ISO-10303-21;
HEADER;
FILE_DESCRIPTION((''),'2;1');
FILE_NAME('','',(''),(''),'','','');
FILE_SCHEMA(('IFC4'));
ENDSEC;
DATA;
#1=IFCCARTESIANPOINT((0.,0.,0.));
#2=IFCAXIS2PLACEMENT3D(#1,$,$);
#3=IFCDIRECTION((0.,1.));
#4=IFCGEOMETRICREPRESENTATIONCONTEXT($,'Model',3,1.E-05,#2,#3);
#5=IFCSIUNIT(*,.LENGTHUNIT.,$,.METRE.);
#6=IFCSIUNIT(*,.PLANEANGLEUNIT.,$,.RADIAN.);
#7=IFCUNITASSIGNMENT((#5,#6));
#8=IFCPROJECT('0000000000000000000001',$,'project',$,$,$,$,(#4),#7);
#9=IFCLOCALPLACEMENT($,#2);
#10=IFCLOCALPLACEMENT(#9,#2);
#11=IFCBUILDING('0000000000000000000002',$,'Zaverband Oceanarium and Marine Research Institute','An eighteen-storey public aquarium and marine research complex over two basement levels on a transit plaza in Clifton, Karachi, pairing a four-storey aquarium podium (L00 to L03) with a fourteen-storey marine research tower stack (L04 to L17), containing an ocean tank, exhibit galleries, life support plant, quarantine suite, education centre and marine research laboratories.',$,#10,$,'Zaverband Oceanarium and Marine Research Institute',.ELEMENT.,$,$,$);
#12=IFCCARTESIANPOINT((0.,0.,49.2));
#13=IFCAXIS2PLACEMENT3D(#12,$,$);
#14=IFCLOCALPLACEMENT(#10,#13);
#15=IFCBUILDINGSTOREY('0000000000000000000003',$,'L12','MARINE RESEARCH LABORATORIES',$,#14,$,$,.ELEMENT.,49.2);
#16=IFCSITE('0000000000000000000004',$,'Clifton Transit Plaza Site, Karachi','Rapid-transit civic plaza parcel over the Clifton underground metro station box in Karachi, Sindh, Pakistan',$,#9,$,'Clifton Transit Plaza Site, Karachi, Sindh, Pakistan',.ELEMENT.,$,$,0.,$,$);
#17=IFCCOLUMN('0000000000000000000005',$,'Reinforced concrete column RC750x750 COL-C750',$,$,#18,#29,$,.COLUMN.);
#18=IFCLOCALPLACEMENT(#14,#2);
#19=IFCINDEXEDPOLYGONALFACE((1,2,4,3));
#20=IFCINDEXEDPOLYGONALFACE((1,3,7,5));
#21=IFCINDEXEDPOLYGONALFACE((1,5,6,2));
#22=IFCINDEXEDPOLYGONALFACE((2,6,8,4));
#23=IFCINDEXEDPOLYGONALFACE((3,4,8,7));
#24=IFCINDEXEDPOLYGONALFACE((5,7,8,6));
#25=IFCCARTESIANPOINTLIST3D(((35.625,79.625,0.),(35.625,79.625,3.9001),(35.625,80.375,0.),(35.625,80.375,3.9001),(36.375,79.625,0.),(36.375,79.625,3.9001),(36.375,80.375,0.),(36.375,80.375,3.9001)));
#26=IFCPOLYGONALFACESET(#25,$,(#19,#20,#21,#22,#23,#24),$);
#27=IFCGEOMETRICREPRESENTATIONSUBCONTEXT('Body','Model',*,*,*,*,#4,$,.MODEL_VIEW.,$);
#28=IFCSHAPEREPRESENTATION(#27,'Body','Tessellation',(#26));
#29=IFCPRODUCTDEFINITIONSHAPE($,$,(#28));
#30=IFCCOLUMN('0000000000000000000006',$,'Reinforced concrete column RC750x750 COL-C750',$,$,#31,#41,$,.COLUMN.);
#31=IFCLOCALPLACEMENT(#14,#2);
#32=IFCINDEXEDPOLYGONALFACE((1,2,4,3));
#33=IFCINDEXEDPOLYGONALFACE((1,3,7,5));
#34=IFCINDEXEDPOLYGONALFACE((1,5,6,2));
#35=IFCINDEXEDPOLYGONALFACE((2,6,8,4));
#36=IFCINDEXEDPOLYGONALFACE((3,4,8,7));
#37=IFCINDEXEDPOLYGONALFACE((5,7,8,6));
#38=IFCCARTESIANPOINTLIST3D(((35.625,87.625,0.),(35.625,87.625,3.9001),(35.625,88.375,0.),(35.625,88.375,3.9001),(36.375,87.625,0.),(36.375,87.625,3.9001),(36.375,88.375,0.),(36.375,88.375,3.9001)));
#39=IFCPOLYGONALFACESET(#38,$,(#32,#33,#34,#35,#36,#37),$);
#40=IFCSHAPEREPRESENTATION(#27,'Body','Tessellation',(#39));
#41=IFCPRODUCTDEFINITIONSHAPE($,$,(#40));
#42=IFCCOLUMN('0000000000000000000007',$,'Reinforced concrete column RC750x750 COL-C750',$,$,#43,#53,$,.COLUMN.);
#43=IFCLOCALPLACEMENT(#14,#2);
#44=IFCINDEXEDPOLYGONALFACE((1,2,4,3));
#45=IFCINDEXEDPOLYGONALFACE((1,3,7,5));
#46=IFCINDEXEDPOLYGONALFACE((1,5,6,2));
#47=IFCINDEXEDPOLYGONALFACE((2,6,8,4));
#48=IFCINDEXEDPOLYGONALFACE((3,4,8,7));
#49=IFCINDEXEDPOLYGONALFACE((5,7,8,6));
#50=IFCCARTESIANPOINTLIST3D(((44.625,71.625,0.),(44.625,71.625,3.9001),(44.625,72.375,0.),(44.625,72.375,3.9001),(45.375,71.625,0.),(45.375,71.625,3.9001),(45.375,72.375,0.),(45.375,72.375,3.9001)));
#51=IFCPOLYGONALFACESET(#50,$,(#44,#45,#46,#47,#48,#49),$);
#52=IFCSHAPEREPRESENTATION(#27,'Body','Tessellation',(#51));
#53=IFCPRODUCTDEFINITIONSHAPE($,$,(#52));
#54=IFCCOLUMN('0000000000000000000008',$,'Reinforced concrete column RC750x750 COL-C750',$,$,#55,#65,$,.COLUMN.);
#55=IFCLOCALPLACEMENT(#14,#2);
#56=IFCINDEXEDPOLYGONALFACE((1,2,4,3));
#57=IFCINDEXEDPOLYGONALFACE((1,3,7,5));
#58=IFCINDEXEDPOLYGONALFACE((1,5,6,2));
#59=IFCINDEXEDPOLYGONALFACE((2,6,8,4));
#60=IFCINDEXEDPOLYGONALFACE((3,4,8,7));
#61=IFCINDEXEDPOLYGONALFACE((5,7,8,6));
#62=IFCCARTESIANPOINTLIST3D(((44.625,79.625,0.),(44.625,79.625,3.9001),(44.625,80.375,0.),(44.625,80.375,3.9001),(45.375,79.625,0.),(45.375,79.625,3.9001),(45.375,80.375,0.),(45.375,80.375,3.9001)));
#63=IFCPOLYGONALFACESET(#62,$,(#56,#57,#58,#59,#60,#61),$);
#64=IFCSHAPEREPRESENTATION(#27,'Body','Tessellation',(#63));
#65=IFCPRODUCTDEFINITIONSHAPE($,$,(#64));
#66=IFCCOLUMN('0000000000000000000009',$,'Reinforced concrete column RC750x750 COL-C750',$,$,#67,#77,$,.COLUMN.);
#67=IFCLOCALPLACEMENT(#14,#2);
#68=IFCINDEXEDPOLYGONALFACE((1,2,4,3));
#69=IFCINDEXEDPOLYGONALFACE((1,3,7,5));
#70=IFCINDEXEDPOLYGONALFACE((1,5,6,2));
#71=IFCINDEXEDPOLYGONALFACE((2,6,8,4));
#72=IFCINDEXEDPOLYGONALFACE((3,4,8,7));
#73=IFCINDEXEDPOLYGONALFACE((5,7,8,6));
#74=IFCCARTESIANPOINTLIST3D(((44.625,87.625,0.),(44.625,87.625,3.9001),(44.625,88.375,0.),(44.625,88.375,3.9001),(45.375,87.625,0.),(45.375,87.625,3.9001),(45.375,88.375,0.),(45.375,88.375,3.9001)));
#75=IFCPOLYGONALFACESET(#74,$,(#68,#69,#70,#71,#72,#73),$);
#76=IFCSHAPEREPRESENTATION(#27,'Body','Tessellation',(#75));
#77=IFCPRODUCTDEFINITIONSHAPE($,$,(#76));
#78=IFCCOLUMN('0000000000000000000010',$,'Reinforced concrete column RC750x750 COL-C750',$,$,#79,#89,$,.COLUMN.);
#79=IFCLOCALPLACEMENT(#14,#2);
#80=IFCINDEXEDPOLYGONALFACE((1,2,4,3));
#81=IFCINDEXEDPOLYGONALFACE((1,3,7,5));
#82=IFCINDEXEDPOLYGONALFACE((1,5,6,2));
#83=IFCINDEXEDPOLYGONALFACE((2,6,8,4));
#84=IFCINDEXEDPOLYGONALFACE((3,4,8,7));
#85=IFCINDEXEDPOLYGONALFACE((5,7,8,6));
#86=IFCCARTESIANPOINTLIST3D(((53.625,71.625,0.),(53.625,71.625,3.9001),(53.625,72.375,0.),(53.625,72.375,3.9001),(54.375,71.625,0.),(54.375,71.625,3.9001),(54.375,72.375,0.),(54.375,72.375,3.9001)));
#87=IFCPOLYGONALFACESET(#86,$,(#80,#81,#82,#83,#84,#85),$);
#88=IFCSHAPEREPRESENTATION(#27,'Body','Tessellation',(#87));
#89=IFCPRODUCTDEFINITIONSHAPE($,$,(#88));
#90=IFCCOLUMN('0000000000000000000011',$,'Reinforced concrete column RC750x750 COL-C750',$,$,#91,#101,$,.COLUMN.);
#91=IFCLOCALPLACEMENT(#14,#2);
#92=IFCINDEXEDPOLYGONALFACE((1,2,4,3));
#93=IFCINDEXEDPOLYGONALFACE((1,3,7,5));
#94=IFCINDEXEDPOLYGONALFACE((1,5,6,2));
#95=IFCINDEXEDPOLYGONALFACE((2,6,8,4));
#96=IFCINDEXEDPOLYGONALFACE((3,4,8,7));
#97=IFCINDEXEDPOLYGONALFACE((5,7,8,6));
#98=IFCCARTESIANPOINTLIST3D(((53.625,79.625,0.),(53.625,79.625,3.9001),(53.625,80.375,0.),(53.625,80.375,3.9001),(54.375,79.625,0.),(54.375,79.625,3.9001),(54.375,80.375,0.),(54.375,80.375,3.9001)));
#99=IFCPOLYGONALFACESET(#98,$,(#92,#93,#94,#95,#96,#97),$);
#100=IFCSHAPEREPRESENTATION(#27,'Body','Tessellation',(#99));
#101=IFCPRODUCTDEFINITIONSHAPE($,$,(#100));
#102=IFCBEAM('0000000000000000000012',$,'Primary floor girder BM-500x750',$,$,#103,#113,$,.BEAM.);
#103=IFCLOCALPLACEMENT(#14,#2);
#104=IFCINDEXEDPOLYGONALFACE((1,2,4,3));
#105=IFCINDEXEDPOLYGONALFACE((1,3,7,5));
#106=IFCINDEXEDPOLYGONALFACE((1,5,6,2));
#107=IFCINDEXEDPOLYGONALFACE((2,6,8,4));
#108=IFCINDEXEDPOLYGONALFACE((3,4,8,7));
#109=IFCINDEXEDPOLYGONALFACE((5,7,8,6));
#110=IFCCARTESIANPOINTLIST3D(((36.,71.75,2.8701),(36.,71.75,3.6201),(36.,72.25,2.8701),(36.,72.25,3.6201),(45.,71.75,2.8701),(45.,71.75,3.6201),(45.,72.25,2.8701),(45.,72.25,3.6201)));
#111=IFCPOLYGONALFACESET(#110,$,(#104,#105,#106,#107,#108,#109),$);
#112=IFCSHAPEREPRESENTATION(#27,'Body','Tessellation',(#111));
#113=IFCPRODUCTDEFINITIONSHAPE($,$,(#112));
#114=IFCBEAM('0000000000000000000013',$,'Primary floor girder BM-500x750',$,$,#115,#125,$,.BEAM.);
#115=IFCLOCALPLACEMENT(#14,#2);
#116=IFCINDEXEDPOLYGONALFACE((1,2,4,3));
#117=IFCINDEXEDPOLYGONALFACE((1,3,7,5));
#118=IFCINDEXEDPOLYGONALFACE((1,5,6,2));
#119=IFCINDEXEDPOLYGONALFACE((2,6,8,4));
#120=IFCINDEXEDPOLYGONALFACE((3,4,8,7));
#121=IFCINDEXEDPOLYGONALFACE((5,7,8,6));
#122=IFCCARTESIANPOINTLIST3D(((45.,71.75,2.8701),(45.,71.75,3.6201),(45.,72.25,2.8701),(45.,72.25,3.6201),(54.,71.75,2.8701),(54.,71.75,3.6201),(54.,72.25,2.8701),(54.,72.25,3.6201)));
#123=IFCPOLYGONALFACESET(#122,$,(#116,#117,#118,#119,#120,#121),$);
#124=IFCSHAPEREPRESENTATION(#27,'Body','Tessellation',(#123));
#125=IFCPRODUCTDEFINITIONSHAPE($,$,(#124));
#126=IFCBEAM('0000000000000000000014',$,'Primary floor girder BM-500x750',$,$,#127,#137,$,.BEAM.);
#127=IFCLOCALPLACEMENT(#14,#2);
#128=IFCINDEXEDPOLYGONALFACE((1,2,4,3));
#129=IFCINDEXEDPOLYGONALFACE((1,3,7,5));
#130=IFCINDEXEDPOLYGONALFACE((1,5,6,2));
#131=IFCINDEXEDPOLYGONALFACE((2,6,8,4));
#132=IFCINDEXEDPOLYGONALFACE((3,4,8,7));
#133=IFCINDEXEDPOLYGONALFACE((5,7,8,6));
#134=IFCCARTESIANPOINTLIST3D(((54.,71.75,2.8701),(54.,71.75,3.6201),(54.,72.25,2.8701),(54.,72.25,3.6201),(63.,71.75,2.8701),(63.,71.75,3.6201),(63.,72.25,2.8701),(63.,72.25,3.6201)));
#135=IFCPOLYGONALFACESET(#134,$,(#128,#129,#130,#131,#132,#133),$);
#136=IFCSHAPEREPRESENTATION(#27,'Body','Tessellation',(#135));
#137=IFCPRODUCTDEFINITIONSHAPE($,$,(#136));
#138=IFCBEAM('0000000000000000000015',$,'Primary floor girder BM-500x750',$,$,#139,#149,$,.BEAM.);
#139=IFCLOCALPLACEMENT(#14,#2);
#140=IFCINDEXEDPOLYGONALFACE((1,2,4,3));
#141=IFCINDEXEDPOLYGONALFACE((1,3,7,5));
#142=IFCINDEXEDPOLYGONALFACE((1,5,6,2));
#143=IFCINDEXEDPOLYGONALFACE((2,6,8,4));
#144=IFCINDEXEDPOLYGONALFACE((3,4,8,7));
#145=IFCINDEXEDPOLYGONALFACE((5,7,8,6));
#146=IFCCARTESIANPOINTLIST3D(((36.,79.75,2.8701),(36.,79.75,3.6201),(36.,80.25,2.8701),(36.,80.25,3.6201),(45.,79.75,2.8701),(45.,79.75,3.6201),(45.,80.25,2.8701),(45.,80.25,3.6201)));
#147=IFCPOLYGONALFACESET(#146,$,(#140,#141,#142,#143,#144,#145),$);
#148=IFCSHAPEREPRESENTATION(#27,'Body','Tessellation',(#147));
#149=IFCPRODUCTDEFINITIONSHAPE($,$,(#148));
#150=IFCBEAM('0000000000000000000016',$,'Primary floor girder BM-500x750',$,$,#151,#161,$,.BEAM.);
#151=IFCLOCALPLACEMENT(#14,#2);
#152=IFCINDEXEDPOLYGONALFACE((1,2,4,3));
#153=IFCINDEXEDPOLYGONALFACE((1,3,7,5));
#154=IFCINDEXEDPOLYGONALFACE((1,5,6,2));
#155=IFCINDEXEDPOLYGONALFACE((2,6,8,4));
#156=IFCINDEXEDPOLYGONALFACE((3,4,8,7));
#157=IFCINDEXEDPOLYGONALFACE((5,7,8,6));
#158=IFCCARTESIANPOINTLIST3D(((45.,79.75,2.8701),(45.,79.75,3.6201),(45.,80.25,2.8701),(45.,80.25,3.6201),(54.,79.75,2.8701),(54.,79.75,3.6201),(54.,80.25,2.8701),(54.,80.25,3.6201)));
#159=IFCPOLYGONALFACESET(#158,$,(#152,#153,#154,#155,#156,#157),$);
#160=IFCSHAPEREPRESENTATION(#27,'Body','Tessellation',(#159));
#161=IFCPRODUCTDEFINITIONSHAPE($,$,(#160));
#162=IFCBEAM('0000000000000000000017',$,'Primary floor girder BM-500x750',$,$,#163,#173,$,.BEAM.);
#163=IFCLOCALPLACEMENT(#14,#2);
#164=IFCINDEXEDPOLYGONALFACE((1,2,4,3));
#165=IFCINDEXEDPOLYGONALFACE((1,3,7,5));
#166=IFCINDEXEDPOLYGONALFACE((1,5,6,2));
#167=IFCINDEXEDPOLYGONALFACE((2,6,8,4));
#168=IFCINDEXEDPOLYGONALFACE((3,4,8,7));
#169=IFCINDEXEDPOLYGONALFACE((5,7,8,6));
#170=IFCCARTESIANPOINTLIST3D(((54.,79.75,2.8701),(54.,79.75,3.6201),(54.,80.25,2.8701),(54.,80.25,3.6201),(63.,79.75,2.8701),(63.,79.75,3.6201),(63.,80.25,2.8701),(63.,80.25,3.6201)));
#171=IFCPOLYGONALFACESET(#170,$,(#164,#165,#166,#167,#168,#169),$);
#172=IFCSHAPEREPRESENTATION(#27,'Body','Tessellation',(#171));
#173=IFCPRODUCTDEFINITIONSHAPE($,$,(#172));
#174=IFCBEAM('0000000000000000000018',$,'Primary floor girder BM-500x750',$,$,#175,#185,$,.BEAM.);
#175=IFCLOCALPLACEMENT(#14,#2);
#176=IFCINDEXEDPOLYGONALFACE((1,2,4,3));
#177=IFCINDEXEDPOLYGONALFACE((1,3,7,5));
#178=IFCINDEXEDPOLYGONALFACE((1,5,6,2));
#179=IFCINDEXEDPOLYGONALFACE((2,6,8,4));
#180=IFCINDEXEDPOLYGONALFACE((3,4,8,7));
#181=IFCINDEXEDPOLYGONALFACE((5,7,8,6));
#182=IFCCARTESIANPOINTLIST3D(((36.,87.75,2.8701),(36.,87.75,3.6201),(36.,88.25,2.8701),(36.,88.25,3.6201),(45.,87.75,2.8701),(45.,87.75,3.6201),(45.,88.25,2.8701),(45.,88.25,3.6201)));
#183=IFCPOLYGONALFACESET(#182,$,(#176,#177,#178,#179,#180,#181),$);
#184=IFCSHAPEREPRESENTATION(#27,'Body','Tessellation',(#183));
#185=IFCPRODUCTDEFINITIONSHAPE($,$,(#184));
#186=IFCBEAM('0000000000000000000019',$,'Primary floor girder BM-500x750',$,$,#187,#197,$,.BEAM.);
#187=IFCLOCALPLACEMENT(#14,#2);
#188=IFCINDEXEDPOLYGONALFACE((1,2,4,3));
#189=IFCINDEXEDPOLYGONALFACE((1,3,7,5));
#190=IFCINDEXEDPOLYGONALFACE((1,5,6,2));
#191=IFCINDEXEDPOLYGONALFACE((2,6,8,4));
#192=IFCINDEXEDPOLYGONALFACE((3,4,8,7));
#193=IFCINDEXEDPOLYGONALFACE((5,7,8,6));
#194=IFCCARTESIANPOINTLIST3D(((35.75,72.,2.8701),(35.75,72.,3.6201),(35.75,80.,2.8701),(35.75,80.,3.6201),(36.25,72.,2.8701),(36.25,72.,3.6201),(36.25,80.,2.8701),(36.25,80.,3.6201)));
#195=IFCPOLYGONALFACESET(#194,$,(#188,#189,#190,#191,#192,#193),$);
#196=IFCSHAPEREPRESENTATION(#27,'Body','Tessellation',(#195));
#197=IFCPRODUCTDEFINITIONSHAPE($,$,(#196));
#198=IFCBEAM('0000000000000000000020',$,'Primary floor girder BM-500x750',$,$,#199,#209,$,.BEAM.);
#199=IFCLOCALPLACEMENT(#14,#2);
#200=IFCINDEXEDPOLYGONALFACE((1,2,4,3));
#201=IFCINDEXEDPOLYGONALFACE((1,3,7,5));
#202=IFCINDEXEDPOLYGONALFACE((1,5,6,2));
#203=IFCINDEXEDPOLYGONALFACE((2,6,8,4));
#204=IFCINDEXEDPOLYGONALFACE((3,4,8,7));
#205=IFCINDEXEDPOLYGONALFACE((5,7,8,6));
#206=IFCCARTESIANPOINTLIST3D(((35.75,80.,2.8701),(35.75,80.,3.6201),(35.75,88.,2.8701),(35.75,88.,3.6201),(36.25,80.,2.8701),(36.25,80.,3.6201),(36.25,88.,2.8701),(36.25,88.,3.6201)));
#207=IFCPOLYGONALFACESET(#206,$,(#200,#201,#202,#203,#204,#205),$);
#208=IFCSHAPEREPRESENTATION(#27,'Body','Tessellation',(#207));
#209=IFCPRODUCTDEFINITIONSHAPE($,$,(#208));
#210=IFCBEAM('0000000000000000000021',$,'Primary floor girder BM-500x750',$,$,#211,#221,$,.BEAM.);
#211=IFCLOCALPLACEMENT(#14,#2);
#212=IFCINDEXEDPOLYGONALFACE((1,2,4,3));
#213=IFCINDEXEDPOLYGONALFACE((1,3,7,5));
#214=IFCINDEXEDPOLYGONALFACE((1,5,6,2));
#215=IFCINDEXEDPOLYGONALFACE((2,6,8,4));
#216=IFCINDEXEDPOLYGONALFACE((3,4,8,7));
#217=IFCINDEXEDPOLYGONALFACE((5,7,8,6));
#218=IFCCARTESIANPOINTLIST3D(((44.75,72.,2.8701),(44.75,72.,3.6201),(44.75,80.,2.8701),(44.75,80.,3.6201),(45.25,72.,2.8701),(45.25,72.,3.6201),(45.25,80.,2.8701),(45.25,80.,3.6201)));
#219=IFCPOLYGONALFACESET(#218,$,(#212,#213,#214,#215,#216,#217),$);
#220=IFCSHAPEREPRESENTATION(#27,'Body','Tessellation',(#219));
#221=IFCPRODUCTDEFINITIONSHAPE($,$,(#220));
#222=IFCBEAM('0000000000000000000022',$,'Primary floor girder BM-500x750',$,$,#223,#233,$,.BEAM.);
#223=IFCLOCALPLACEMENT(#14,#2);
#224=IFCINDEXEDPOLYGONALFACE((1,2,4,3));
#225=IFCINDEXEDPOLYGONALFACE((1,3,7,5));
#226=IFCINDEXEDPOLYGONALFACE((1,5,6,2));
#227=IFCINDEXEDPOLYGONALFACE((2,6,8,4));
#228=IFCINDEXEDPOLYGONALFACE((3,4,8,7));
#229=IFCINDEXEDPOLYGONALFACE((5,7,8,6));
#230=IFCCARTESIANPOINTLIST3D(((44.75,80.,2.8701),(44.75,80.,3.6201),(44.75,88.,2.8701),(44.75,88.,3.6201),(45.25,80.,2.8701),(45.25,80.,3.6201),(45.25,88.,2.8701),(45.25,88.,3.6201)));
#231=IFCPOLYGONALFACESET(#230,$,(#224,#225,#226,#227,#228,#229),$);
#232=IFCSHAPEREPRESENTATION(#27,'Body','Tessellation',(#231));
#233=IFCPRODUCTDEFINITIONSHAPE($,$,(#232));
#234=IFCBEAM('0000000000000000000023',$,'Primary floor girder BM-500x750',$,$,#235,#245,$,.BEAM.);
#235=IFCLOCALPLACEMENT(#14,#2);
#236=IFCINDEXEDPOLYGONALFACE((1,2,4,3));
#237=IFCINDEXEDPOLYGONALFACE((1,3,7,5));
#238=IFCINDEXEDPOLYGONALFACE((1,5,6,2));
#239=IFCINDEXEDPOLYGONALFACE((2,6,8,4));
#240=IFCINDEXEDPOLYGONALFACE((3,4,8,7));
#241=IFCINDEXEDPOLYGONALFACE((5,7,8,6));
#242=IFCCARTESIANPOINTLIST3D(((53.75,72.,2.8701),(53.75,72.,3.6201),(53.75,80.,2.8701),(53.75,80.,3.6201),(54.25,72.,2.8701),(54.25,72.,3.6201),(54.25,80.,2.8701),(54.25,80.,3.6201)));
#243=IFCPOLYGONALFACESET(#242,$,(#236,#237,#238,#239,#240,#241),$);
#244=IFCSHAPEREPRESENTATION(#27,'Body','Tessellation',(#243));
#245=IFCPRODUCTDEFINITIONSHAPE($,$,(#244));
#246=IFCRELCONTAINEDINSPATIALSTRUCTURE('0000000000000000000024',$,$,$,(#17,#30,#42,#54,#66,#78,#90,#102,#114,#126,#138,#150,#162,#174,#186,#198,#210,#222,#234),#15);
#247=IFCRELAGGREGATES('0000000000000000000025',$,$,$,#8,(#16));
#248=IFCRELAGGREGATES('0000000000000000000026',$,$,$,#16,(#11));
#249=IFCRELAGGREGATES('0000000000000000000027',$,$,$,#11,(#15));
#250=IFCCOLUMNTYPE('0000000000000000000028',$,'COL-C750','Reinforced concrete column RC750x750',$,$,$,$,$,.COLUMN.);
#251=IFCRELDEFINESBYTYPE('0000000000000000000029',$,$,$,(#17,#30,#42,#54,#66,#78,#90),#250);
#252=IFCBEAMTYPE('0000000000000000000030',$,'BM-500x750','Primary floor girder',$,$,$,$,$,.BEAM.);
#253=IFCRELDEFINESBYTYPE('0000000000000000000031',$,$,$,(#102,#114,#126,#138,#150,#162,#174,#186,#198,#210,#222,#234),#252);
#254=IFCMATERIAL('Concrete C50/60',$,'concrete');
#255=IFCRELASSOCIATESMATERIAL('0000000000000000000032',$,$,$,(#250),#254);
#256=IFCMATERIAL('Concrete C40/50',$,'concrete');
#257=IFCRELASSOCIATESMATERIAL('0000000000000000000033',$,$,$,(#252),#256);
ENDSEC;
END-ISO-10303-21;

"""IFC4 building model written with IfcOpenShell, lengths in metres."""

from ifc_helpers import new_model, si_unit, direction, frame, origin, origin_2d, place, context, subcontext, project, spatial, rectangle, extrude, material, material_profile, profile_set, type_object, element, save


model = new_model("IFC4")

# Units and contexts
model_context = context("Model", 3, precision=1e-05, world=origin(), true_north=direction((0.0, 1.0)))
body_context = subcontext(model_context, "Body", "Model", "MODEL_VIEW")
ifc_project = project(units=[si_unit("LENGTHUNIT", "METRE"), si_unit("PLANEANGLEUNIT", "RADIAN")], contexts=[model_context])

# Site, building, storey
site_placement = place(None, origin())
site = spatial("IfcSite", under=ifc_project, at=site_placement, Name="Clifton Transit Plaza Site, Karachi", Description="Rapid-transit civic plaza parcel over the Clifton underground metro station box in Karachi, Sindh, Pakistan", LongName="Clifton Transit Plaza Site, Karachi, Sindh, Pakistan", CompositionType="ELEMENT", RefElevation=0.0)
building_placement = place(site_placement, origin())
building = spatial("IfcBuilding", under=site, at=building_placement, Name="Zaverband Oceanarium and Marine Research Institute", Description="An eighteen-storey public aquarium and marine research complex over two basement levels on a transit plaza in Clifton, Karachi, pairing a four-storey aquarium podium (L00 to L03) with a fourteen-storey marine research tower stack (L04 to L17), containing an ocean tank, exhibit galleries, life support plant, quarantine suite, education centre and marine research laboratories.", LongName="Zaverband Oceanarium and Marine Research Institute", CompositionType="ELEMENT")
storey_placement = place(building_placement, frame((0.0, 0.0, 49.2)))
storey = spatial("IfcBuildingStorey", under=building, at=storey_placement, Name="L12", Description="MARINE RESEARCH LABORATORIES", CompositionType="ELEMENT", Elevation=49.2)

# Columns
ifc_material_1 = material(Name="Concrete C50/60", Category="concrete")
ifc_material_profile_1 = material_profile(ifc_material_1, rectangle(XDim=0.75, YDim=0.75, at=origin_2d()), Name="RC750x750")
ifc_profile_set_1 = profile_set([ifc_material_profile_1], Name="Concrete C50/60")
column_type = type_object("IfcColumnType", Name="COL-C750", Description="Reinforced concrete column RC750x750", PredefinedType="COLUMN", material=ifc_profile_set_1)
for number, where, z_axis, x_axis, name in (
    (1, (36.0, 80.0, 0.0), (0.0, 0.0, 1.0), (1.0, 0.0, 0.0), "Reinforced concrete column RC750x750 COL-C750"),
    (2, (36.0, 88.0, 0.0), (0.0, 0.0, 1.0), (1.0, 0.0, 0.0), "Reinforced concrete column RC750x750 COL-C750"),
    (3, (45.0, 72.0, 0.0), (0.0, 0.0, 1.0), (1.0, 0.0, 0.0), "Reinforced concrete column RC750x750 COL-C750"),
    (4, (45.0, 80.0, 0.0), (0.0, 0.0, 1.0), (1.0, 0.0, 0.0), "Reinforced concrete column RC750x750 COL-C750"),
    (5, (45.0, 88.0, 0.0), (0.0, 0.0, 1.0), (1.0, 0.0, 0.0), "Reinforced concrete column RC750x750 COL-C750"),
    (6, (54.0, 72.0, 0.0), (0.0, 0.0, 1.0), (1.0, 0.0, 0.0), "Reinforced concrete column RC750x750 COL-C750"),
    (7, (54.0, 80.0, 0.0), (0.0, 0.0, 1.0), (1.0, 0.0, 0.0), "Reinforced concrete column RC750x750 COL-C750"),
):
    element("IfcColumn", number, at=place(storey_placement, frame(where, z_axis=z_axis, x_axis=x_axis)), inside=storey, type_object=column_type, Name=name, PredefinedType="COLUMN", context=body_context, shape_type="SweptSolid", body=[
        extrude(rectangle(XDim=0.75, YDim=0.75, at=origin_2d()), origin(), (0.0, 0.0, 1.0), 3.9001),
    ])

# Beams
ifc_material_2 = material(Name="Concrete C40/50", Category="concrete")
ifc_material_profile_2 = material_profile(ifc_material_2, rectangle(XDim=0.5, YDim=0.75, at=origin_2d()), Name="RC500x750")
ifc_profile_set_2 = profile_set([ifc_material_profile_2], Name="Concrete C40/50")
beam_type_1 = type_object("IfcBeamType", Name="BM-500x750", Description="Primary floor girder", PredefinedType="BEAM", material=ifc_profile_set_2)
for number, where, z_axis, x_axis, name in (
    (8, (36.0, 72.0, 3.2451), (1.0, 0.0, 0.0), (0.0, 1.0, 0.0), "Primary floor girder BM-500x750"),
    (9, (45.0, 72.0, 3.2451), (1.0, 0.0, 0.0), (0.0, 1.0, 0.0), "Primary floor girder BM-500x750"),
    (10, (54.0, 72.0, 3.2451), (1.0, 0.0, 0.0), (0.0, 1.0, 0.0), "Primary floor girder BM-500x750"),
    (11, (36.0, 80.0, 3.2451), (1.0, 0.0, 0.0), (0.0, 1.0, 0.0), "Primary floor girder BM-500x750"),
    (12, (45.0, 80.0, 3.2451), (1.0, 0.0, 0.0), (0.0, 1.0, 0.0), "Primary floor girder BM-500x750"),
    (13, (54.0, 80.0, 3.2451), (1.0, 0.0, 0.0), (0.0, 1.0, 0.0), "Primary floor girder BM-500x750"),
    (14, (36.0, 88.0, 3.2451), (1.0, 0.0, 0.0), (0.0, 1.0, 0.0), "Primary floor girder BM-500x750"),
):
    element("IfcBeam", number, at=place(storey_placement, frame(where, z_axis=z_axis, x_axis=x_axis)), inside=storey, type_object=beam_type_1, Name=name, PredefinedType="BEAM", context=body_context, shape_type="SweptSolid", body=[
        extrude(rectangle(XDim=0.5, YDim=0.75, at=origin_2d()), origin(), (0.0, 0.0, 1.0), 9.0),
    ])
for number, where, z_axis, x_axis, name in (
    (15, (36.0, 72.0, 3.2451), (0.0, 1.0, 0.0), (-1.0, 0.0, 0.0), "Primary floor girder BM-500x750"),
    (16, (36.0, 80.0, 3.2451), (0.0, 1.0, 0.0), (-1.0, 0.0, 0.0), "Primary floor girder BM-500x750"),
    (17, (45.0, 72.0, 3.2451), (0.0, 1.0, 0.0), (-1.0, 0.0, 0.0), "Primary floor girder BM-500x750"),
    (18, (45.0, 80.0, 3.2451), (0.0, 1.0, 0.0), (-1.0, 0.0, 0.0), "Primary floor girder BM-500x750"),
    (19, (54.0, 72.0, 3.2451), (0.0, 1.0, 0.0), (-1.0, 0.0, 0.0), "Primary floor girder BM-500x750"),
):
    element("IfcBeam", number, at=place(storey_placement, frame(where, z_axis=z_axis, x_axis=x_axis)), inside=storey, type_object=beam_type_1, Name=name, PredefinedType="BEAM", context=body_context, shape_type="SweptSolid", body=[
        extrude(rectangle(XDim=0.5, YDim=0.75, at=origin_2d()), origin(), (0.0, 0.0, 1.0), 8.0),
    ])

save(model, "model.ifc")
